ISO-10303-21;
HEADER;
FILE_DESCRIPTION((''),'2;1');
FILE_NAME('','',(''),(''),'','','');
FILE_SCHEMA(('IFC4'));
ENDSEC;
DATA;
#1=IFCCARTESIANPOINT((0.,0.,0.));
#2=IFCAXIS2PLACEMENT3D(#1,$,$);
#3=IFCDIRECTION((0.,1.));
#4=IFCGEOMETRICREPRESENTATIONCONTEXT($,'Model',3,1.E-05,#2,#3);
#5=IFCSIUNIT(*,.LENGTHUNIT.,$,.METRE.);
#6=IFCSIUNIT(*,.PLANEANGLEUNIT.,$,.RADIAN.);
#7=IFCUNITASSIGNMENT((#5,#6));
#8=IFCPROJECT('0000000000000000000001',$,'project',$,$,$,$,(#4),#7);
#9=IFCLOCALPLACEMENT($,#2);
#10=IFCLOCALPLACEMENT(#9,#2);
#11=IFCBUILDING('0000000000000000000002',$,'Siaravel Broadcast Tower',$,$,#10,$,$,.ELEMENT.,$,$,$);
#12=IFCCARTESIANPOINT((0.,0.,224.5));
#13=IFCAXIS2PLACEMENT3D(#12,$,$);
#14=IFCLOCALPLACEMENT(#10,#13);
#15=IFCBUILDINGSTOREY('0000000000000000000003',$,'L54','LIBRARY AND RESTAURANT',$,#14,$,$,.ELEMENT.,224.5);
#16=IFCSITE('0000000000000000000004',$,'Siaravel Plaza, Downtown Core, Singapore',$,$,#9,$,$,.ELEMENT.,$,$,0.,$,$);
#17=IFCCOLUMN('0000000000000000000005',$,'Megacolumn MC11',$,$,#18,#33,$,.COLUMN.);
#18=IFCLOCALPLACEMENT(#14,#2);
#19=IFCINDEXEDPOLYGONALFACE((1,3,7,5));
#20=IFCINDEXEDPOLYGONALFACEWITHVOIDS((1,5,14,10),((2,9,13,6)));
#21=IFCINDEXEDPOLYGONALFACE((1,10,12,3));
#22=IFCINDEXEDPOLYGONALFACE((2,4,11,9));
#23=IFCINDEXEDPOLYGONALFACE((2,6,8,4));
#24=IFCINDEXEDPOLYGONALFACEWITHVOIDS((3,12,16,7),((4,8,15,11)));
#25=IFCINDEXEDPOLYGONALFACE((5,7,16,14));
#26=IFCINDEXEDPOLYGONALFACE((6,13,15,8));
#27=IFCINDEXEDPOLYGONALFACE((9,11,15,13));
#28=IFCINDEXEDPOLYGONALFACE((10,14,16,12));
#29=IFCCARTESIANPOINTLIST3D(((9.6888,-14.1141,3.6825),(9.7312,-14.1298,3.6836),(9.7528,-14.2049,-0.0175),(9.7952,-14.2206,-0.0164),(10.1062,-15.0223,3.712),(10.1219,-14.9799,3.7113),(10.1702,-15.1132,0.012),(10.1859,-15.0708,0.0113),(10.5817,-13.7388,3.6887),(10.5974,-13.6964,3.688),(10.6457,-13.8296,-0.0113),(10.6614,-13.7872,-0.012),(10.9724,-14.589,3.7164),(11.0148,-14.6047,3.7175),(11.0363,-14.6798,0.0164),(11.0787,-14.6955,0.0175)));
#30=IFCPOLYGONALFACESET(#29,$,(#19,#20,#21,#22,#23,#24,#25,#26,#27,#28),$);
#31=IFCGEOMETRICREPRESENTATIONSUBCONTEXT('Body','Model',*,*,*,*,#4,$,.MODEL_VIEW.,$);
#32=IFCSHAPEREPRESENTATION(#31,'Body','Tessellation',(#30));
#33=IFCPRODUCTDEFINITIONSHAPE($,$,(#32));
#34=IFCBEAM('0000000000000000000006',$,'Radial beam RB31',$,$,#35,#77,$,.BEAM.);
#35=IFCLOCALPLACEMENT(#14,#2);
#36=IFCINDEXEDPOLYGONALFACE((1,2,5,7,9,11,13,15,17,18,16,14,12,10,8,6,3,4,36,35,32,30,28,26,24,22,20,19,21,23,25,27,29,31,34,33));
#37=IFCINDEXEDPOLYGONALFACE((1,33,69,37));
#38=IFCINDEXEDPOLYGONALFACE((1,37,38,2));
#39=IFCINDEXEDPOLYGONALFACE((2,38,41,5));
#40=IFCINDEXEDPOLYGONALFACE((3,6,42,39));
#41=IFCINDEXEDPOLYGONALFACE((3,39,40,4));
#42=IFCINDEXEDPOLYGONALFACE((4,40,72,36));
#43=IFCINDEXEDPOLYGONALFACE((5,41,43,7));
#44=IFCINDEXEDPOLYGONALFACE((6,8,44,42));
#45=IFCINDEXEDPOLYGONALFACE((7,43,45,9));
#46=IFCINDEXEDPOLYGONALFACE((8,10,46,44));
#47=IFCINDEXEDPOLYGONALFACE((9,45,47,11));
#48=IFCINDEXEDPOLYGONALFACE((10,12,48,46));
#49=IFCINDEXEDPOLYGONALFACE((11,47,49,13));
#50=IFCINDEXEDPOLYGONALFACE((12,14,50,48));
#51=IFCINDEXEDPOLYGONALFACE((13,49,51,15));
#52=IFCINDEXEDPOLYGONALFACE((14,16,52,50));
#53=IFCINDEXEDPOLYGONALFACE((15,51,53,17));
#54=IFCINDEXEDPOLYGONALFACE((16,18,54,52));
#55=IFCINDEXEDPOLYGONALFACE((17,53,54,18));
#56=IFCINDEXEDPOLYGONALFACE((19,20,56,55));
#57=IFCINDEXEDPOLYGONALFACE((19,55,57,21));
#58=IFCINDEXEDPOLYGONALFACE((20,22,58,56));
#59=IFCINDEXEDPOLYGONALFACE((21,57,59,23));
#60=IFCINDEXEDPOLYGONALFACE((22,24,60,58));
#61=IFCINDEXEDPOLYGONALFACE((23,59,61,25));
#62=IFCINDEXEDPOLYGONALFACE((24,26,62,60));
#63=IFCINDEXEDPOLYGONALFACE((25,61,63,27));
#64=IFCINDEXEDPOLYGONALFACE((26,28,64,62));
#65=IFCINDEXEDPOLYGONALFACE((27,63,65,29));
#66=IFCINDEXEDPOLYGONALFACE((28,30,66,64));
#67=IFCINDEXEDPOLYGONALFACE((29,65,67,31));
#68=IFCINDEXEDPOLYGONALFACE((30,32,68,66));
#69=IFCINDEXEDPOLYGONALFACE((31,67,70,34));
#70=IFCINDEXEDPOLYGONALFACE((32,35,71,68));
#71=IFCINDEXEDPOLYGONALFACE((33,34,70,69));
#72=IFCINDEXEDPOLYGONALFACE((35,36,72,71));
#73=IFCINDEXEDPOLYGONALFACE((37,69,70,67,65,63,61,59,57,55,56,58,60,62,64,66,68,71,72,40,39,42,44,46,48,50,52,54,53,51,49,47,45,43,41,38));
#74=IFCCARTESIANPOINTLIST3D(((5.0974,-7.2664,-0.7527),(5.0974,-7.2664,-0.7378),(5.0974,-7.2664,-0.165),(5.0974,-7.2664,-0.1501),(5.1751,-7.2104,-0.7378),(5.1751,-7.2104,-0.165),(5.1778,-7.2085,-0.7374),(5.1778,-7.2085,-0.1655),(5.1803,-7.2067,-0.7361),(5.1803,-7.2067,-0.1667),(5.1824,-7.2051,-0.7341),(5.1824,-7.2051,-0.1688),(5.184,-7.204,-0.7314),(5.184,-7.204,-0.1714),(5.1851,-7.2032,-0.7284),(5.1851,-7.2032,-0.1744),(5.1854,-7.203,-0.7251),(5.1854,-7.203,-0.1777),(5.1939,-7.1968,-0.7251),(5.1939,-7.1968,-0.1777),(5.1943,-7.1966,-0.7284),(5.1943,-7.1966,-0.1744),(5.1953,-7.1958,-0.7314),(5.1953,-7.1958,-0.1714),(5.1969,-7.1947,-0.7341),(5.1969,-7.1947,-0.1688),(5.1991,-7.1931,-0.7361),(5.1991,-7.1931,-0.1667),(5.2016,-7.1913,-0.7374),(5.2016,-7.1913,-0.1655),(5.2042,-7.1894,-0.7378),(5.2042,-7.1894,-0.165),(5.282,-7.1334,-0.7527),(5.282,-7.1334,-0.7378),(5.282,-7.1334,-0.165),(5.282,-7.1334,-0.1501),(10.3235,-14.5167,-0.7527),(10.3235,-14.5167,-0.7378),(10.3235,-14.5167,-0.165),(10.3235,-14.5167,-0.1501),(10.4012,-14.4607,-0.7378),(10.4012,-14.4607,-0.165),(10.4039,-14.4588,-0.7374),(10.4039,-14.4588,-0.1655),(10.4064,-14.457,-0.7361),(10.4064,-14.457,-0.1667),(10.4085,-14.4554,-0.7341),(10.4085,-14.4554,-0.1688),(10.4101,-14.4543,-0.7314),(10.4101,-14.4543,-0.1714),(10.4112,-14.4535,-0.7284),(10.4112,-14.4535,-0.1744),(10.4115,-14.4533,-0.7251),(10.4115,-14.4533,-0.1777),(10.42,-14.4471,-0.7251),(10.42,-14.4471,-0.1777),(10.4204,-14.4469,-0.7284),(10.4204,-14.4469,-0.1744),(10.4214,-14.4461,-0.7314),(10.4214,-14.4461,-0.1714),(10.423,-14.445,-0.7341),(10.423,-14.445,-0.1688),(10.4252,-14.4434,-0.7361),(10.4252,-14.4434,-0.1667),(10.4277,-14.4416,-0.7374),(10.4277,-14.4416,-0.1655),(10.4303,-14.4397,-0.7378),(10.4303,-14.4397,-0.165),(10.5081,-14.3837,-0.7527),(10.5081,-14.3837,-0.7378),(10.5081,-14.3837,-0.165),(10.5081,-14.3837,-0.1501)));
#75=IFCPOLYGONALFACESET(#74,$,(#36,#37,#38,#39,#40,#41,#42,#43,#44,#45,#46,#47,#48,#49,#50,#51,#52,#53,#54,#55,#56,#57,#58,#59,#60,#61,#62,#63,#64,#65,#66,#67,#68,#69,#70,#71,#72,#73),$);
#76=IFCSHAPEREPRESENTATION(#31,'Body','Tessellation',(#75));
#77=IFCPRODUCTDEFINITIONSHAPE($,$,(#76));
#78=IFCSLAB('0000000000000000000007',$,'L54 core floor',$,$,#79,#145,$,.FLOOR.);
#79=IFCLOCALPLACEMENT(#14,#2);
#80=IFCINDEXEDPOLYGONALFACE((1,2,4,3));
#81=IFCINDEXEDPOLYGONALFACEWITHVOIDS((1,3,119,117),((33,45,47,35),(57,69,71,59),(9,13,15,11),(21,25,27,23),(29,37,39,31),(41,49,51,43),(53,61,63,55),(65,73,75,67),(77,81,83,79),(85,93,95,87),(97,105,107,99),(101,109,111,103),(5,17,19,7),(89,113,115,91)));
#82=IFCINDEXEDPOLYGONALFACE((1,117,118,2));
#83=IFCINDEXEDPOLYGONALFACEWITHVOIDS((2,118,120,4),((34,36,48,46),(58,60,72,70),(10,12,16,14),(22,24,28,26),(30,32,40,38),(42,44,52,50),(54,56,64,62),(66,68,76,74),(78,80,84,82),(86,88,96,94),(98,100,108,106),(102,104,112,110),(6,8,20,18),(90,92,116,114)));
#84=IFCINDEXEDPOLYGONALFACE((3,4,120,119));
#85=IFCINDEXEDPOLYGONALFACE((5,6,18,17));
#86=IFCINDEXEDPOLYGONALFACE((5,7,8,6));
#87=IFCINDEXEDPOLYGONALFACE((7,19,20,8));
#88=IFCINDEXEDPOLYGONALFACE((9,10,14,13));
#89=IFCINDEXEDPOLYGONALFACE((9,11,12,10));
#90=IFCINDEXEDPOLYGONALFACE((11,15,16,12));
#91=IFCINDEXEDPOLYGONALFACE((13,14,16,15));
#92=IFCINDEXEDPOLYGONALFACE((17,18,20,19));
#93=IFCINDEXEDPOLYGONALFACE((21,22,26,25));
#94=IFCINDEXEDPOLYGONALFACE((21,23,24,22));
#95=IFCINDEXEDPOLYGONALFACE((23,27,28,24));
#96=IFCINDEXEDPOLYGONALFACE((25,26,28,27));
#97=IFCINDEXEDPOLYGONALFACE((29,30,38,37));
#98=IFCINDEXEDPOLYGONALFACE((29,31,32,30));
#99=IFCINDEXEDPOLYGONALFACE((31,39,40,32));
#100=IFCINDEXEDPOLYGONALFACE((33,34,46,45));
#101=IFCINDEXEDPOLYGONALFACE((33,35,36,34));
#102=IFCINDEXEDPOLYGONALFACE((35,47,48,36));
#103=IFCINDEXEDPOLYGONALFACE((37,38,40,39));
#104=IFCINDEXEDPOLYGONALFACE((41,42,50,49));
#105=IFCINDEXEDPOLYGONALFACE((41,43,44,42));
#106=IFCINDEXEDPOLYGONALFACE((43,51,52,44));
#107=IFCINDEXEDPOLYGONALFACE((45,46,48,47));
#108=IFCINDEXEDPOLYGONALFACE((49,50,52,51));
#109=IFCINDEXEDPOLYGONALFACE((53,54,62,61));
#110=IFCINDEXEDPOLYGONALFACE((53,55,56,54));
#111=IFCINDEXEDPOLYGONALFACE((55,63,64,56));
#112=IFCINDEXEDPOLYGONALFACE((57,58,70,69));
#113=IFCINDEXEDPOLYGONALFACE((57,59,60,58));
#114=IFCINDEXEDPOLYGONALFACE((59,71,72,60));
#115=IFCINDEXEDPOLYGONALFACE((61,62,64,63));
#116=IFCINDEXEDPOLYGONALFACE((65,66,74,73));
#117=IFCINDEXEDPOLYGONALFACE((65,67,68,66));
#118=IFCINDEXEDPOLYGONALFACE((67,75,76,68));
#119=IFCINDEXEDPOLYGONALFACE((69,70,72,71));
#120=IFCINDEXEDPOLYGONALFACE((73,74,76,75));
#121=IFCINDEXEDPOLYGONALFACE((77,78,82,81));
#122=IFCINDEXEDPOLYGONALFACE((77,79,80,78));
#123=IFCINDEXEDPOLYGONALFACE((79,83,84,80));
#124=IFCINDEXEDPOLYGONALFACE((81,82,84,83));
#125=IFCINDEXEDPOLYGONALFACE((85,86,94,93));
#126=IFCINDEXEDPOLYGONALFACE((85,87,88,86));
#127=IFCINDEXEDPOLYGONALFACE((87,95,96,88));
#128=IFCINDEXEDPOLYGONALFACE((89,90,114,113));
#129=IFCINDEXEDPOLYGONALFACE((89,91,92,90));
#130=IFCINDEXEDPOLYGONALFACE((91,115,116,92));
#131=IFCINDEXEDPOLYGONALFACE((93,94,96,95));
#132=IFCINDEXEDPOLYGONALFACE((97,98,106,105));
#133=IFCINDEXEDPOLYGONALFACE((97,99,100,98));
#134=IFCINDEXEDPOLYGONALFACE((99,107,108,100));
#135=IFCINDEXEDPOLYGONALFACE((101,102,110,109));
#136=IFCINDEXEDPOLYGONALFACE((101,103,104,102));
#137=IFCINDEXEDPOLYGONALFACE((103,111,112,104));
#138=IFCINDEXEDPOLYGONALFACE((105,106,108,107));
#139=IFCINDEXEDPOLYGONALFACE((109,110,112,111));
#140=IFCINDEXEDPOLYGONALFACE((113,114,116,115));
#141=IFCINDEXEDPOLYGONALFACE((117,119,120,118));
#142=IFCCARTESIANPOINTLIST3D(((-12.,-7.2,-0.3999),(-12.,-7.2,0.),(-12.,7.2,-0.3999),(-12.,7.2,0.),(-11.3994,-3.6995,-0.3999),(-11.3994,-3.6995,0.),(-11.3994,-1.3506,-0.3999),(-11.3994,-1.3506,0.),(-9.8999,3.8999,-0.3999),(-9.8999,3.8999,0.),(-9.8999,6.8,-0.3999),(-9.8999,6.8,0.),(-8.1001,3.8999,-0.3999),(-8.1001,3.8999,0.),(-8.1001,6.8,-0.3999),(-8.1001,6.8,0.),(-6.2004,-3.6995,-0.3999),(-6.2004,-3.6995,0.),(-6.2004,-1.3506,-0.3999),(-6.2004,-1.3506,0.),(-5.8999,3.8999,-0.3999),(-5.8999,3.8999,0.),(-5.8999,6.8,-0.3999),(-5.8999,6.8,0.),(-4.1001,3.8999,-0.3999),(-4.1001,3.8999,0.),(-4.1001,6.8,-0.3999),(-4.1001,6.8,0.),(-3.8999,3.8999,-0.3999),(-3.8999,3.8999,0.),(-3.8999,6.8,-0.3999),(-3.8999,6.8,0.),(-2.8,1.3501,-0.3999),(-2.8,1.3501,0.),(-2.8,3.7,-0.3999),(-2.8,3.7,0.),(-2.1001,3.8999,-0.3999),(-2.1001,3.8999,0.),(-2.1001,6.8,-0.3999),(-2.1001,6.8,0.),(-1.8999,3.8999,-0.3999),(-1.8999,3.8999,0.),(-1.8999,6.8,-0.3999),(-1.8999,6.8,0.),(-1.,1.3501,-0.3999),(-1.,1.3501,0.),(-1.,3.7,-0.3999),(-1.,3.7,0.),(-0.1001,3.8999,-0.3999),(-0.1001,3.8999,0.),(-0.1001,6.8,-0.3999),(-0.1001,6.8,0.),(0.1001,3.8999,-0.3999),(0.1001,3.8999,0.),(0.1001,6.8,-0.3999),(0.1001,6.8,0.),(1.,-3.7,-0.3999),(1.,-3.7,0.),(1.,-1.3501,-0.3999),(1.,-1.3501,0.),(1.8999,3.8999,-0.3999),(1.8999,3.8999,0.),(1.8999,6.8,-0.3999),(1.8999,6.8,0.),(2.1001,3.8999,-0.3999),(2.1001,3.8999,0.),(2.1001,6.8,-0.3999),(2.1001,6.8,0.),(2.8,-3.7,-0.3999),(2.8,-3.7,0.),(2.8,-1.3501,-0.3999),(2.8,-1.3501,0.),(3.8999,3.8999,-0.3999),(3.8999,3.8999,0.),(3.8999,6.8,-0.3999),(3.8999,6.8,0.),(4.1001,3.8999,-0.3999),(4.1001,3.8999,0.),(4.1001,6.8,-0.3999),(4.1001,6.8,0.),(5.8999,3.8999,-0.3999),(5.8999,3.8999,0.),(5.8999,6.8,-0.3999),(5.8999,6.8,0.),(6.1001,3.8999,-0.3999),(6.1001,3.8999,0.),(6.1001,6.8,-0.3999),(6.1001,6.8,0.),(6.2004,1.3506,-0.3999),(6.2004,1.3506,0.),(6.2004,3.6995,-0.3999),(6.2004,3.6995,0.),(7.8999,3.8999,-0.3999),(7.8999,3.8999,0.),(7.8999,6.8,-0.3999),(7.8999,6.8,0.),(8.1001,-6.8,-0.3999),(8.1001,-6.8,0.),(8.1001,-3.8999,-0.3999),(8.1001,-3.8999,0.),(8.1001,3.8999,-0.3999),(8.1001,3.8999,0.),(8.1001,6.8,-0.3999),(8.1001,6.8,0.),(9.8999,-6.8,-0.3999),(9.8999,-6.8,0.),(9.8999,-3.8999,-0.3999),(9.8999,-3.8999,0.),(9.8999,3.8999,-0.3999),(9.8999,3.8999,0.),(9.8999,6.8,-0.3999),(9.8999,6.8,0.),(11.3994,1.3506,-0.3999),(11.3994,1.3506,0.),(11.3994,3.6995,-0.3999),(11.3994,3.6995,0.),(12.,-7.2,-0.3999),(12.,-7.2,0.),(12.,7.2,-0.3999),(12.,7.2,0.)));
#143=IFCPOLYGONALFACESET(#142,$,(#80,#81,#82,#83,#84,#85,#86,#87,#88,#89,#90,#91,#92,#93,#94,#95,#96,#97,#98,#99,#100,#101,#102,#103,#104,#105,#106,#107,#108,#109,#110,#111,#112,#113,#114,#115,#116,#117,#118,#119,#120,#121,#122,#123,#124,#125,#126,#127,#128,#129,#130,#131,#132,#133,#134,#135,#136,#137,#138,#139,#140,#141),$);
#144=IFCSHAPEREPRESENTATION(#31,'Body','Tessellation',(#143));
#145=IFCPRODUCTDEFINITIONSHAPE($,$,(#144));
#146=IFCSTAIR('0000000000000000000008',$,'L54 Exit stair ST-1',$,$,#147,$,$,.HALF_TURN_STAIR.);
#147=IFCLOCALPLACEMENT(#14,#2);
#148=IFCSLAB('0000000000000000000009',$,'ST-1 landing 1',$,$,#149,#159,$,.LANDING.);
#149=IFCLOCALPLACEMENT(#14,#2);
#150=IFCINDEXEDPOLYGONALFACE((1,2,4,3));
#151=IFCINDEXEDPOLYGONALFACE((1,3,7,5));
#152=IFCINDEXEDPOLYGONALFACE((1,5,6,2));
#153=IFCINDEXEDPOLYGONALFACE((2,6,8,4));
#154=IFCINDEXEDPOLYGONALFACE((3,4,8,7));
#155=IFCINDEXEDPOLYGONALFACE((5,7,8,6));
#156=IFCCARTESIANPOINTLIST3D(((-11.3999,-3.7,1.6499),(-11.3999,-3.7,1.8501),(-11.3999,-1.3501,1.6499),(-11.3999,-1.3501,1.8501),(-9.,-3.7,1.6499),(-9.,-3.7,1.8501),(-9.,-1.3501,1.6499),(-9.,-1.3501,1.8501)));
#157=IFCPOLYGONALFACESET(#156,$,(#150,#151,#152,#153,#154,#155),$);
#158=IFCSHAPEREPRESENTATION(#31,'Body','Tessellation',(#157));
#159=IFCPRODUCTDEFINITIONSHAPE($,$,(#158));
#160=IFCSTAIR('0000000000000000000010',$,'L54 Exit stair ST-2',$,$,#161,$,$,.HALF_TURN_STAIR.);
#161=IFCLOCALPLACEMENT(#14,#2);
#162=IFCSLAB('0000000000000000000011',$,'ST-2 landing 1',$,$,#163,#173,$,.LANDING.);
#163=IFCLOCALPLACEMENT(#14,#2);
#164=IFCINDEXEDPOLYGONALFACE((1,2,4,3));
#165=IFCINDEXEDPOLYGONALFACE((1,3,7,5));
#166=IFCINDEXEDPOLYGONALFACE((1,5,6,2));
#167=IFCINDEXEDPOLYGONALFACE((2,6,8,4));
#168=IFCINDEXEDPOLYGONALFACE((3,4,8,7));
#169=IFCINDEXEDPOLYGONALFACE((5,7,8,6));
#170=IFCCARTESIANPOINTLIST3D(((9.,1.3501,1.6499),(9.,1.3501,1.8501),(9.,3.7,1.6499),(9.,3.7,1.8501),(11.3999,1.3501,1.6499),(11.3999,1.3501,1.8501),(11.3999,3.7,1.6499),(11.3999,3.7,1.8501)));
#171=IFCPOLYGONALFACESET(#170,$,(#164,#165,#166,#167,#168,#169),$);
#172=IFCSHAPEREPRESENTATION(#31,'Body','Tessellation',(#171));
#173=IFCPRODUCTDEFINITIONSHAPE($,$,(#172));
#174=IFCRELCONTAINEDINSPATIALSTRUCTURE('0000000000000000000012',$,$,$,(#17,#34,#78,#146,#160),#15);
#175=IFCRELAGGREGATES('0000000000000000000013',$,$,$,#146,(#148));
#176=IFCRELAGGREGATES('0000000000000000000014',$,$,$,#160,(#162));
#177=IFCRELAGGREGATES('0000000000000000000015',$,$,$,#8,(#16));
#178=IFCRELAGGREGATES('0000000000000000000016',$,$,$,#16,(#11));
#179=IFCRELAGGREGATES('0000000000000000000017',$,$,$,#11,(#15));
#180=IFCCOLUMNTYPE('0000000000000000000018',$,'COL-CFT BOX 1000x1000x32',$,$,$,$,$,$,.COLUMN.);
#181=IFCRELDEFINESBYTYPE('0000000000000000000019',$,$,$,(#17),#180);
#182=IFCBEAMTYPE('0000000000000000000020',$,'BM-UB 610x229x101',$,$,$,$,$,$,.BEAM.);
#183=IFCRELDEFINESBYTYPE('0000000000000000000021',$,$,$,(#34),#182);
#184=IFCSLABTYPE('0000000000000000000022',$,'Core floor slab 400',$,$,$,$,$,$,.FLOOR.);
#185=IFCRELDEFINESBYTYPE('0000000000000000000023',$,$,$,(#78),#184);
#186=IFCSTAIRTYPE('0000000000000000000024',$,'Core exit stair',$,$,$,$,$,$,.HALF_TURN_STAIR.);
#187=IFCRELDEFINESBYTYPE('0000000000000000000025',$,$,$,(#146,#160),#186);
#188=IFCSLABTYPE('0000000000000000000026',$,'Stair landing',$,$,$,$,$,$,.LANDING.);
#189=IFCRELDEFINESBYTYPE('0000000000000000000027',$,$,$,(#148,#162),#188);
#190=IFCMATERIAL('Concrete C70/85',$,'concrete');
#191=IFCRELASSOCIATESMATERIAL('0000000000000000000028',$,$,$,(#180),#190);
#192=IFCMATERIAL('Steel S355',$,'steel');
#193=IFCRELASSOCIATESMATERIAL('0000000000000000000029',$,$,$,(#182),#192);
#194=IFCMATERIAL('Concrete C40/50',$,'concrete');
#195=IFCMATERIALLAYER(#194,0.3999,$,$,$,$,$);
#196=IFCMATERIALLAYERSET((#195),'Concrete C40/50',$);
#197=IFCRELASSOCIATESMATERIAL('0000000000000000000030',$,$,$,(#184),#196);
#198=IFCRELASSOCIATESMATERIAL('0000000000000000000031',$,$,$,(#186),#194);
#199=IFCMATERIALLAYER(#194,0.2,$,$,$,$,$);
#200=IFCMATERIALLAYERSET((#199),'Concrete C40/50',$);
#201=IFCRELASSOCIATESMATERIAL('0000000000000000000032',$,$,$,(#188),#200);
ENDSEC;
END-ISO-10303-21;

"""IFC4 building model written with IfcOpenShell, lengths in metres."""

from ifc_helpers import new_model, si_unit, direction, frame, origin, origin_2d, place, context, subcontext, project, spatial, polyline, hollow_rectangle, i_section, outline, extrude, material, layer, layer_set, material_profile, profile_set, type_object, element, aggregate, save


model = new_model("IFC4")

# Units and contexts
model_context = context("Model", 3, precision=1e-05, world=origin(), true_north=direction((0.0, 1.0)))
body_context = subcontext(model_context, "Body", "Model", "MODEL_VIEW")
ifc_project = project(units=[si_unit("LENGTHUNIT", "METRE"), si_unit("PLANEANGLEUNIT", "RADIAN")], contexts=[model_context])

# Site, building, storey
site_placement = place(None, origin())
site = spatial("IfcSite", under=ifc_project, at=site_placement, Name="Siaravel Plaza, Downtown Core, Singapore", CompositionType="ELEMENT", RefElevation=0.0)
building_placement = place(site_placement, origin())
building = spatial("IfcBuilding", under=site, at=building_placement, Name="Siaravel Broadcast Tower", CompositionType="ELEMENT")
storey_placement = place(building_placement, frame((0.0, 0.0, 224.5)))
storey = spatial("IfcBuildingStorey", under=building, at=storey_placement, Name="L54", Description="LIBRARY AND RESTAURANT", CompositionType="ELEMENT", Elevation=224.5)

# Column
ifc_material_1 = material(Name="Concrete C70/85", Category="concrete")
ifc_material_profile_1 = material_profile(ifc_material_1, hollow_rectangle(XDim=1.0, YDim=1.0, WallThickness=0.032, at=origin_2d()))
ifc_profile_set_1 = profile_set([ifc_material_profile_1], Name="Concrete C70/85")
column_type = type_object("IfcColumnType", Name="COL-CFT BOX 1000x1000x32", PredefinedType="COLUMN", material=ifc_profile_set_1)
column_placement = place(storey_placement, frame((10.4158, -14.4502, 0.0), z_axis=(-0.01728, 0.024535, 0.99955), x_axis=(-0.908584, -0.417666, -0.005455)))
element("IfcColumn", 1, at=column_placement, inside=storey, type_object=column_type, Name="Megacolumn MC11", PredefinedType="COLUMN", context=body_context, shape_type="SweptSolid", body=[
    extrude(hollow_rectangle(XDim=1.0, YDim=1.0, WallThickness=0.032, at=origin_2d()), origin(), (0.0, 0.0, 1.0), 3.7017),
])

# Beam
ifc_material_2 = material(Name="Steel S355", Category="steel")
ifc_material_profile_2 = material_profile(ifc_material_2, i_section(OverallWidth=0.2275, OverallDepth=0.6025, WebThickness=0.0105, FlangeThickness=0.0149, FilletRadius=0.0127, at=origin_2d()))
ifc_profile_set_2 = profile_set([ifc_material_profile_2], Name="Steel S355")
beam_type = type_object("IfcBeamType", Name="BM-UB 610x229x101", PredefinedType="BEAM", material=ifc_profile_set_2)
beam_placement = place(storey_placement, frame((10.4158, -14.4502, -0.4514), z_axis=(-0.584739, 0.811221, 0.0), x_axis=(-0.811221, -0.584739, 0.0)))
element("IfcBeam", 2, at=beam_placement, inside=storey, type_object=beam_type, Name="Radial beam RB31", PredefinedType="BEAM", context=body_context, shape_type="SweptSolid", body=[
    extrude(i_section(OverallWidth=0.2275, OverallDepth=0.6025, WebThickness=0.0105, FlangeThickness=0.0149, FilletRadius=0.0127, at=origin_2d()), origin(), (0.0, 0.0, 1.0), 8.9375),
])

# Slab
ifc_material_3 = material(Name="Concrete C40/50", Category="concrete")
ifc_layer_1 = layer(ifc_material_3, 0.3999)
ifc_layer_set_1 = layer_set([ifc_layer_1], Name="Concrete C40/50")
slab_type_1 = type_object("IfcSlabType", Name="Core floor slab 400", PredefinedType="FLOOR", material=ifc_layer_set_1)
slab_1_placement = place(storey_placement, frame((0.0, 0.0, -0.3999)))
element("IfcSlab", 3, at=slab_1_placement, inside=storey, type_object=slab_type_1, Name="L54 core floor", PredefinedType="FLOOR", context=body_context, shape_type="SweptSolid", body=[
    extrude(outline(polyline([(-12.0, -7.2), (-12.0, 7.2), (12.0, 7.2), (12.0, -7.2), (-12.0, -7.2)]), holes=[polyline([(11.3994, 1.3506), (11.3994, 3.6995), (6.2004, 3.6995), (6.2004, 1.3506), (11.3994, 1.3506)]), polyline([(8.1001, -3.8999), (8.1001, -6.8), (9.8999, -6.8), (9.8999, -3.8999), (8.1001, -3.8999)]), polyline([(9.8999, 6.8), (8.1001, 6.8), (8.1001, 3.8999), (9.8999, 3.8999), (9.8999, 6.8)]), polyline([(7.8999, 6.8), (6.1001, 6.8), (6.1001, 3.8999), (7.8999, 3.8999), (7.8999, 6.8)]), polyline([(5.8999, 6.8), (4.1001, 6.8), (4.1001, 3.8999), (5.8999, 3.8999), (5.8999, 6.8)]), polyline([(3.8999, 6.8), (2.1001, 6.8), (2.1001, 3.8999), (3.8999, 3.8999), (3.8999, 6.8)]), polyline([(2.8, -1.3501), (1.0, -1.3501), (1.0, -3.7), (2.8, -3.7), (2.8, -1.3501)]), polyline([(1.8999, 6.8), (0.1001, 6.8), (0.1001, 3.8999), (1.8999, 3.8999), (1.8999, 6.8)]), polyline([(-0.1001, 6.8), (-1.8999, 6.8), (-1.8999, 3.8999), (-0.1001, 3.8999), (-0.1001, 6.8)]), polyline([(-1.0, 3.7), (-2.8, 3.7), (-2.8, 1.3501), (-1.0, 1.3501), (-1.0, 3.7)]), polyline([(-2.1001, 6.8), (-3.8999, 6.8), (-3.8999, 3.8999), (-2.1001, 3.8999), (-2.1001, 6.8)]), polyline([(-4.1001, 6.8), (-5.8999, 6.8), (-5.8999, 3.8999), (-4.1001, 3.8999), (-4.1001, 6.8)]), polyline([(-11.3994, -3.6995), (-6.2004, -3.6995), (-6.2004, -1.3506), (-11.3994, -1.3506), (-11.3994, -3.6995)]), polyline([(-8.1001, 6.8), (-9.8999, 6.8), (-9.8999, 3.8999), (-8.1001, 3.8999), (-8.1001, 6.8)])]), origin(), (0.0, 0.0, 1.0), 0.3999),
])

# Stairs, slabs
stair_type = type_object("IfcStairType", Name="Core exit stair", PredefinedType="HALF_TURN_STAIR", material=ifc_material_3)
stair_1_placement = place(storey_placement, origin())
stair_1 = element("IfcStair", 4, at=stair_1_placement, inside=storey, type_object=stair_type, Name="L54 Exit stair ST-1", PredefinedType="HALF_TURN_STAIR")
ifc_layer_2 = layer(ifc_material_3, 0.2)
ifc_layer_set_2 = layer_set([ifc_layer_2], Name="Concrete C40/50")
slab_type_2 = type_object("IfcSlabType", Name="Stair landing", PredefinedType="LANDING", material=ifc_layer_set_2)
slab_2_placement = place(storey_placement, frame((0.0, 0.0, 1.6499)))
slab_2 = element("IfcSlab", 5, at=slab_2_placement, type_object=slab_type_2, Name="ST-1 landing 1", PredefinedType="LANDING", context=body_context, shape_type="SweptSolid", body=[
    extrude(outline(polyline([(-9.0, -1.3501), (-11.3999, -1.3501), (-11.3999, -3.7), (-9.0, -3.7), (-9.0, -1.3501)])), origin(), (0.0, 0.0, 1.0), 0.2002),
])
aggregate(stair_1, [slab_2])
stair_2_placement = place(storey_placement, origin())
stair_2 = element("IfcStair", 6, at=stair_2_placement, inside=storey, type_object=stair_type, Name="L54 Exit stair ST-2", PredefinedType="HALF_TURN_STAIR")
slab_3_placement = place(storey_placement, frame((0.0, 0.0, 1.6499)))
slab_3 = element("IfcSlab", 7, at=slab_3_placement, type_object=slab_type_2, Name="ST-2 landing 1", PredefinedType="LANDING", context=body_context, shape_type="SweptSolid", body=[
    extrude(outline(polyline([(9.0, 1.3501), (11.3999, 1.3501), (11.3999, 3.7), (9.0, 3.7), (9.0, 1.3501)])), origin(), (0.0, 0.0, 1.0), 0.2002),
])
aggregate(stair_2, [slab_3])

save(model, "model.ifc")
